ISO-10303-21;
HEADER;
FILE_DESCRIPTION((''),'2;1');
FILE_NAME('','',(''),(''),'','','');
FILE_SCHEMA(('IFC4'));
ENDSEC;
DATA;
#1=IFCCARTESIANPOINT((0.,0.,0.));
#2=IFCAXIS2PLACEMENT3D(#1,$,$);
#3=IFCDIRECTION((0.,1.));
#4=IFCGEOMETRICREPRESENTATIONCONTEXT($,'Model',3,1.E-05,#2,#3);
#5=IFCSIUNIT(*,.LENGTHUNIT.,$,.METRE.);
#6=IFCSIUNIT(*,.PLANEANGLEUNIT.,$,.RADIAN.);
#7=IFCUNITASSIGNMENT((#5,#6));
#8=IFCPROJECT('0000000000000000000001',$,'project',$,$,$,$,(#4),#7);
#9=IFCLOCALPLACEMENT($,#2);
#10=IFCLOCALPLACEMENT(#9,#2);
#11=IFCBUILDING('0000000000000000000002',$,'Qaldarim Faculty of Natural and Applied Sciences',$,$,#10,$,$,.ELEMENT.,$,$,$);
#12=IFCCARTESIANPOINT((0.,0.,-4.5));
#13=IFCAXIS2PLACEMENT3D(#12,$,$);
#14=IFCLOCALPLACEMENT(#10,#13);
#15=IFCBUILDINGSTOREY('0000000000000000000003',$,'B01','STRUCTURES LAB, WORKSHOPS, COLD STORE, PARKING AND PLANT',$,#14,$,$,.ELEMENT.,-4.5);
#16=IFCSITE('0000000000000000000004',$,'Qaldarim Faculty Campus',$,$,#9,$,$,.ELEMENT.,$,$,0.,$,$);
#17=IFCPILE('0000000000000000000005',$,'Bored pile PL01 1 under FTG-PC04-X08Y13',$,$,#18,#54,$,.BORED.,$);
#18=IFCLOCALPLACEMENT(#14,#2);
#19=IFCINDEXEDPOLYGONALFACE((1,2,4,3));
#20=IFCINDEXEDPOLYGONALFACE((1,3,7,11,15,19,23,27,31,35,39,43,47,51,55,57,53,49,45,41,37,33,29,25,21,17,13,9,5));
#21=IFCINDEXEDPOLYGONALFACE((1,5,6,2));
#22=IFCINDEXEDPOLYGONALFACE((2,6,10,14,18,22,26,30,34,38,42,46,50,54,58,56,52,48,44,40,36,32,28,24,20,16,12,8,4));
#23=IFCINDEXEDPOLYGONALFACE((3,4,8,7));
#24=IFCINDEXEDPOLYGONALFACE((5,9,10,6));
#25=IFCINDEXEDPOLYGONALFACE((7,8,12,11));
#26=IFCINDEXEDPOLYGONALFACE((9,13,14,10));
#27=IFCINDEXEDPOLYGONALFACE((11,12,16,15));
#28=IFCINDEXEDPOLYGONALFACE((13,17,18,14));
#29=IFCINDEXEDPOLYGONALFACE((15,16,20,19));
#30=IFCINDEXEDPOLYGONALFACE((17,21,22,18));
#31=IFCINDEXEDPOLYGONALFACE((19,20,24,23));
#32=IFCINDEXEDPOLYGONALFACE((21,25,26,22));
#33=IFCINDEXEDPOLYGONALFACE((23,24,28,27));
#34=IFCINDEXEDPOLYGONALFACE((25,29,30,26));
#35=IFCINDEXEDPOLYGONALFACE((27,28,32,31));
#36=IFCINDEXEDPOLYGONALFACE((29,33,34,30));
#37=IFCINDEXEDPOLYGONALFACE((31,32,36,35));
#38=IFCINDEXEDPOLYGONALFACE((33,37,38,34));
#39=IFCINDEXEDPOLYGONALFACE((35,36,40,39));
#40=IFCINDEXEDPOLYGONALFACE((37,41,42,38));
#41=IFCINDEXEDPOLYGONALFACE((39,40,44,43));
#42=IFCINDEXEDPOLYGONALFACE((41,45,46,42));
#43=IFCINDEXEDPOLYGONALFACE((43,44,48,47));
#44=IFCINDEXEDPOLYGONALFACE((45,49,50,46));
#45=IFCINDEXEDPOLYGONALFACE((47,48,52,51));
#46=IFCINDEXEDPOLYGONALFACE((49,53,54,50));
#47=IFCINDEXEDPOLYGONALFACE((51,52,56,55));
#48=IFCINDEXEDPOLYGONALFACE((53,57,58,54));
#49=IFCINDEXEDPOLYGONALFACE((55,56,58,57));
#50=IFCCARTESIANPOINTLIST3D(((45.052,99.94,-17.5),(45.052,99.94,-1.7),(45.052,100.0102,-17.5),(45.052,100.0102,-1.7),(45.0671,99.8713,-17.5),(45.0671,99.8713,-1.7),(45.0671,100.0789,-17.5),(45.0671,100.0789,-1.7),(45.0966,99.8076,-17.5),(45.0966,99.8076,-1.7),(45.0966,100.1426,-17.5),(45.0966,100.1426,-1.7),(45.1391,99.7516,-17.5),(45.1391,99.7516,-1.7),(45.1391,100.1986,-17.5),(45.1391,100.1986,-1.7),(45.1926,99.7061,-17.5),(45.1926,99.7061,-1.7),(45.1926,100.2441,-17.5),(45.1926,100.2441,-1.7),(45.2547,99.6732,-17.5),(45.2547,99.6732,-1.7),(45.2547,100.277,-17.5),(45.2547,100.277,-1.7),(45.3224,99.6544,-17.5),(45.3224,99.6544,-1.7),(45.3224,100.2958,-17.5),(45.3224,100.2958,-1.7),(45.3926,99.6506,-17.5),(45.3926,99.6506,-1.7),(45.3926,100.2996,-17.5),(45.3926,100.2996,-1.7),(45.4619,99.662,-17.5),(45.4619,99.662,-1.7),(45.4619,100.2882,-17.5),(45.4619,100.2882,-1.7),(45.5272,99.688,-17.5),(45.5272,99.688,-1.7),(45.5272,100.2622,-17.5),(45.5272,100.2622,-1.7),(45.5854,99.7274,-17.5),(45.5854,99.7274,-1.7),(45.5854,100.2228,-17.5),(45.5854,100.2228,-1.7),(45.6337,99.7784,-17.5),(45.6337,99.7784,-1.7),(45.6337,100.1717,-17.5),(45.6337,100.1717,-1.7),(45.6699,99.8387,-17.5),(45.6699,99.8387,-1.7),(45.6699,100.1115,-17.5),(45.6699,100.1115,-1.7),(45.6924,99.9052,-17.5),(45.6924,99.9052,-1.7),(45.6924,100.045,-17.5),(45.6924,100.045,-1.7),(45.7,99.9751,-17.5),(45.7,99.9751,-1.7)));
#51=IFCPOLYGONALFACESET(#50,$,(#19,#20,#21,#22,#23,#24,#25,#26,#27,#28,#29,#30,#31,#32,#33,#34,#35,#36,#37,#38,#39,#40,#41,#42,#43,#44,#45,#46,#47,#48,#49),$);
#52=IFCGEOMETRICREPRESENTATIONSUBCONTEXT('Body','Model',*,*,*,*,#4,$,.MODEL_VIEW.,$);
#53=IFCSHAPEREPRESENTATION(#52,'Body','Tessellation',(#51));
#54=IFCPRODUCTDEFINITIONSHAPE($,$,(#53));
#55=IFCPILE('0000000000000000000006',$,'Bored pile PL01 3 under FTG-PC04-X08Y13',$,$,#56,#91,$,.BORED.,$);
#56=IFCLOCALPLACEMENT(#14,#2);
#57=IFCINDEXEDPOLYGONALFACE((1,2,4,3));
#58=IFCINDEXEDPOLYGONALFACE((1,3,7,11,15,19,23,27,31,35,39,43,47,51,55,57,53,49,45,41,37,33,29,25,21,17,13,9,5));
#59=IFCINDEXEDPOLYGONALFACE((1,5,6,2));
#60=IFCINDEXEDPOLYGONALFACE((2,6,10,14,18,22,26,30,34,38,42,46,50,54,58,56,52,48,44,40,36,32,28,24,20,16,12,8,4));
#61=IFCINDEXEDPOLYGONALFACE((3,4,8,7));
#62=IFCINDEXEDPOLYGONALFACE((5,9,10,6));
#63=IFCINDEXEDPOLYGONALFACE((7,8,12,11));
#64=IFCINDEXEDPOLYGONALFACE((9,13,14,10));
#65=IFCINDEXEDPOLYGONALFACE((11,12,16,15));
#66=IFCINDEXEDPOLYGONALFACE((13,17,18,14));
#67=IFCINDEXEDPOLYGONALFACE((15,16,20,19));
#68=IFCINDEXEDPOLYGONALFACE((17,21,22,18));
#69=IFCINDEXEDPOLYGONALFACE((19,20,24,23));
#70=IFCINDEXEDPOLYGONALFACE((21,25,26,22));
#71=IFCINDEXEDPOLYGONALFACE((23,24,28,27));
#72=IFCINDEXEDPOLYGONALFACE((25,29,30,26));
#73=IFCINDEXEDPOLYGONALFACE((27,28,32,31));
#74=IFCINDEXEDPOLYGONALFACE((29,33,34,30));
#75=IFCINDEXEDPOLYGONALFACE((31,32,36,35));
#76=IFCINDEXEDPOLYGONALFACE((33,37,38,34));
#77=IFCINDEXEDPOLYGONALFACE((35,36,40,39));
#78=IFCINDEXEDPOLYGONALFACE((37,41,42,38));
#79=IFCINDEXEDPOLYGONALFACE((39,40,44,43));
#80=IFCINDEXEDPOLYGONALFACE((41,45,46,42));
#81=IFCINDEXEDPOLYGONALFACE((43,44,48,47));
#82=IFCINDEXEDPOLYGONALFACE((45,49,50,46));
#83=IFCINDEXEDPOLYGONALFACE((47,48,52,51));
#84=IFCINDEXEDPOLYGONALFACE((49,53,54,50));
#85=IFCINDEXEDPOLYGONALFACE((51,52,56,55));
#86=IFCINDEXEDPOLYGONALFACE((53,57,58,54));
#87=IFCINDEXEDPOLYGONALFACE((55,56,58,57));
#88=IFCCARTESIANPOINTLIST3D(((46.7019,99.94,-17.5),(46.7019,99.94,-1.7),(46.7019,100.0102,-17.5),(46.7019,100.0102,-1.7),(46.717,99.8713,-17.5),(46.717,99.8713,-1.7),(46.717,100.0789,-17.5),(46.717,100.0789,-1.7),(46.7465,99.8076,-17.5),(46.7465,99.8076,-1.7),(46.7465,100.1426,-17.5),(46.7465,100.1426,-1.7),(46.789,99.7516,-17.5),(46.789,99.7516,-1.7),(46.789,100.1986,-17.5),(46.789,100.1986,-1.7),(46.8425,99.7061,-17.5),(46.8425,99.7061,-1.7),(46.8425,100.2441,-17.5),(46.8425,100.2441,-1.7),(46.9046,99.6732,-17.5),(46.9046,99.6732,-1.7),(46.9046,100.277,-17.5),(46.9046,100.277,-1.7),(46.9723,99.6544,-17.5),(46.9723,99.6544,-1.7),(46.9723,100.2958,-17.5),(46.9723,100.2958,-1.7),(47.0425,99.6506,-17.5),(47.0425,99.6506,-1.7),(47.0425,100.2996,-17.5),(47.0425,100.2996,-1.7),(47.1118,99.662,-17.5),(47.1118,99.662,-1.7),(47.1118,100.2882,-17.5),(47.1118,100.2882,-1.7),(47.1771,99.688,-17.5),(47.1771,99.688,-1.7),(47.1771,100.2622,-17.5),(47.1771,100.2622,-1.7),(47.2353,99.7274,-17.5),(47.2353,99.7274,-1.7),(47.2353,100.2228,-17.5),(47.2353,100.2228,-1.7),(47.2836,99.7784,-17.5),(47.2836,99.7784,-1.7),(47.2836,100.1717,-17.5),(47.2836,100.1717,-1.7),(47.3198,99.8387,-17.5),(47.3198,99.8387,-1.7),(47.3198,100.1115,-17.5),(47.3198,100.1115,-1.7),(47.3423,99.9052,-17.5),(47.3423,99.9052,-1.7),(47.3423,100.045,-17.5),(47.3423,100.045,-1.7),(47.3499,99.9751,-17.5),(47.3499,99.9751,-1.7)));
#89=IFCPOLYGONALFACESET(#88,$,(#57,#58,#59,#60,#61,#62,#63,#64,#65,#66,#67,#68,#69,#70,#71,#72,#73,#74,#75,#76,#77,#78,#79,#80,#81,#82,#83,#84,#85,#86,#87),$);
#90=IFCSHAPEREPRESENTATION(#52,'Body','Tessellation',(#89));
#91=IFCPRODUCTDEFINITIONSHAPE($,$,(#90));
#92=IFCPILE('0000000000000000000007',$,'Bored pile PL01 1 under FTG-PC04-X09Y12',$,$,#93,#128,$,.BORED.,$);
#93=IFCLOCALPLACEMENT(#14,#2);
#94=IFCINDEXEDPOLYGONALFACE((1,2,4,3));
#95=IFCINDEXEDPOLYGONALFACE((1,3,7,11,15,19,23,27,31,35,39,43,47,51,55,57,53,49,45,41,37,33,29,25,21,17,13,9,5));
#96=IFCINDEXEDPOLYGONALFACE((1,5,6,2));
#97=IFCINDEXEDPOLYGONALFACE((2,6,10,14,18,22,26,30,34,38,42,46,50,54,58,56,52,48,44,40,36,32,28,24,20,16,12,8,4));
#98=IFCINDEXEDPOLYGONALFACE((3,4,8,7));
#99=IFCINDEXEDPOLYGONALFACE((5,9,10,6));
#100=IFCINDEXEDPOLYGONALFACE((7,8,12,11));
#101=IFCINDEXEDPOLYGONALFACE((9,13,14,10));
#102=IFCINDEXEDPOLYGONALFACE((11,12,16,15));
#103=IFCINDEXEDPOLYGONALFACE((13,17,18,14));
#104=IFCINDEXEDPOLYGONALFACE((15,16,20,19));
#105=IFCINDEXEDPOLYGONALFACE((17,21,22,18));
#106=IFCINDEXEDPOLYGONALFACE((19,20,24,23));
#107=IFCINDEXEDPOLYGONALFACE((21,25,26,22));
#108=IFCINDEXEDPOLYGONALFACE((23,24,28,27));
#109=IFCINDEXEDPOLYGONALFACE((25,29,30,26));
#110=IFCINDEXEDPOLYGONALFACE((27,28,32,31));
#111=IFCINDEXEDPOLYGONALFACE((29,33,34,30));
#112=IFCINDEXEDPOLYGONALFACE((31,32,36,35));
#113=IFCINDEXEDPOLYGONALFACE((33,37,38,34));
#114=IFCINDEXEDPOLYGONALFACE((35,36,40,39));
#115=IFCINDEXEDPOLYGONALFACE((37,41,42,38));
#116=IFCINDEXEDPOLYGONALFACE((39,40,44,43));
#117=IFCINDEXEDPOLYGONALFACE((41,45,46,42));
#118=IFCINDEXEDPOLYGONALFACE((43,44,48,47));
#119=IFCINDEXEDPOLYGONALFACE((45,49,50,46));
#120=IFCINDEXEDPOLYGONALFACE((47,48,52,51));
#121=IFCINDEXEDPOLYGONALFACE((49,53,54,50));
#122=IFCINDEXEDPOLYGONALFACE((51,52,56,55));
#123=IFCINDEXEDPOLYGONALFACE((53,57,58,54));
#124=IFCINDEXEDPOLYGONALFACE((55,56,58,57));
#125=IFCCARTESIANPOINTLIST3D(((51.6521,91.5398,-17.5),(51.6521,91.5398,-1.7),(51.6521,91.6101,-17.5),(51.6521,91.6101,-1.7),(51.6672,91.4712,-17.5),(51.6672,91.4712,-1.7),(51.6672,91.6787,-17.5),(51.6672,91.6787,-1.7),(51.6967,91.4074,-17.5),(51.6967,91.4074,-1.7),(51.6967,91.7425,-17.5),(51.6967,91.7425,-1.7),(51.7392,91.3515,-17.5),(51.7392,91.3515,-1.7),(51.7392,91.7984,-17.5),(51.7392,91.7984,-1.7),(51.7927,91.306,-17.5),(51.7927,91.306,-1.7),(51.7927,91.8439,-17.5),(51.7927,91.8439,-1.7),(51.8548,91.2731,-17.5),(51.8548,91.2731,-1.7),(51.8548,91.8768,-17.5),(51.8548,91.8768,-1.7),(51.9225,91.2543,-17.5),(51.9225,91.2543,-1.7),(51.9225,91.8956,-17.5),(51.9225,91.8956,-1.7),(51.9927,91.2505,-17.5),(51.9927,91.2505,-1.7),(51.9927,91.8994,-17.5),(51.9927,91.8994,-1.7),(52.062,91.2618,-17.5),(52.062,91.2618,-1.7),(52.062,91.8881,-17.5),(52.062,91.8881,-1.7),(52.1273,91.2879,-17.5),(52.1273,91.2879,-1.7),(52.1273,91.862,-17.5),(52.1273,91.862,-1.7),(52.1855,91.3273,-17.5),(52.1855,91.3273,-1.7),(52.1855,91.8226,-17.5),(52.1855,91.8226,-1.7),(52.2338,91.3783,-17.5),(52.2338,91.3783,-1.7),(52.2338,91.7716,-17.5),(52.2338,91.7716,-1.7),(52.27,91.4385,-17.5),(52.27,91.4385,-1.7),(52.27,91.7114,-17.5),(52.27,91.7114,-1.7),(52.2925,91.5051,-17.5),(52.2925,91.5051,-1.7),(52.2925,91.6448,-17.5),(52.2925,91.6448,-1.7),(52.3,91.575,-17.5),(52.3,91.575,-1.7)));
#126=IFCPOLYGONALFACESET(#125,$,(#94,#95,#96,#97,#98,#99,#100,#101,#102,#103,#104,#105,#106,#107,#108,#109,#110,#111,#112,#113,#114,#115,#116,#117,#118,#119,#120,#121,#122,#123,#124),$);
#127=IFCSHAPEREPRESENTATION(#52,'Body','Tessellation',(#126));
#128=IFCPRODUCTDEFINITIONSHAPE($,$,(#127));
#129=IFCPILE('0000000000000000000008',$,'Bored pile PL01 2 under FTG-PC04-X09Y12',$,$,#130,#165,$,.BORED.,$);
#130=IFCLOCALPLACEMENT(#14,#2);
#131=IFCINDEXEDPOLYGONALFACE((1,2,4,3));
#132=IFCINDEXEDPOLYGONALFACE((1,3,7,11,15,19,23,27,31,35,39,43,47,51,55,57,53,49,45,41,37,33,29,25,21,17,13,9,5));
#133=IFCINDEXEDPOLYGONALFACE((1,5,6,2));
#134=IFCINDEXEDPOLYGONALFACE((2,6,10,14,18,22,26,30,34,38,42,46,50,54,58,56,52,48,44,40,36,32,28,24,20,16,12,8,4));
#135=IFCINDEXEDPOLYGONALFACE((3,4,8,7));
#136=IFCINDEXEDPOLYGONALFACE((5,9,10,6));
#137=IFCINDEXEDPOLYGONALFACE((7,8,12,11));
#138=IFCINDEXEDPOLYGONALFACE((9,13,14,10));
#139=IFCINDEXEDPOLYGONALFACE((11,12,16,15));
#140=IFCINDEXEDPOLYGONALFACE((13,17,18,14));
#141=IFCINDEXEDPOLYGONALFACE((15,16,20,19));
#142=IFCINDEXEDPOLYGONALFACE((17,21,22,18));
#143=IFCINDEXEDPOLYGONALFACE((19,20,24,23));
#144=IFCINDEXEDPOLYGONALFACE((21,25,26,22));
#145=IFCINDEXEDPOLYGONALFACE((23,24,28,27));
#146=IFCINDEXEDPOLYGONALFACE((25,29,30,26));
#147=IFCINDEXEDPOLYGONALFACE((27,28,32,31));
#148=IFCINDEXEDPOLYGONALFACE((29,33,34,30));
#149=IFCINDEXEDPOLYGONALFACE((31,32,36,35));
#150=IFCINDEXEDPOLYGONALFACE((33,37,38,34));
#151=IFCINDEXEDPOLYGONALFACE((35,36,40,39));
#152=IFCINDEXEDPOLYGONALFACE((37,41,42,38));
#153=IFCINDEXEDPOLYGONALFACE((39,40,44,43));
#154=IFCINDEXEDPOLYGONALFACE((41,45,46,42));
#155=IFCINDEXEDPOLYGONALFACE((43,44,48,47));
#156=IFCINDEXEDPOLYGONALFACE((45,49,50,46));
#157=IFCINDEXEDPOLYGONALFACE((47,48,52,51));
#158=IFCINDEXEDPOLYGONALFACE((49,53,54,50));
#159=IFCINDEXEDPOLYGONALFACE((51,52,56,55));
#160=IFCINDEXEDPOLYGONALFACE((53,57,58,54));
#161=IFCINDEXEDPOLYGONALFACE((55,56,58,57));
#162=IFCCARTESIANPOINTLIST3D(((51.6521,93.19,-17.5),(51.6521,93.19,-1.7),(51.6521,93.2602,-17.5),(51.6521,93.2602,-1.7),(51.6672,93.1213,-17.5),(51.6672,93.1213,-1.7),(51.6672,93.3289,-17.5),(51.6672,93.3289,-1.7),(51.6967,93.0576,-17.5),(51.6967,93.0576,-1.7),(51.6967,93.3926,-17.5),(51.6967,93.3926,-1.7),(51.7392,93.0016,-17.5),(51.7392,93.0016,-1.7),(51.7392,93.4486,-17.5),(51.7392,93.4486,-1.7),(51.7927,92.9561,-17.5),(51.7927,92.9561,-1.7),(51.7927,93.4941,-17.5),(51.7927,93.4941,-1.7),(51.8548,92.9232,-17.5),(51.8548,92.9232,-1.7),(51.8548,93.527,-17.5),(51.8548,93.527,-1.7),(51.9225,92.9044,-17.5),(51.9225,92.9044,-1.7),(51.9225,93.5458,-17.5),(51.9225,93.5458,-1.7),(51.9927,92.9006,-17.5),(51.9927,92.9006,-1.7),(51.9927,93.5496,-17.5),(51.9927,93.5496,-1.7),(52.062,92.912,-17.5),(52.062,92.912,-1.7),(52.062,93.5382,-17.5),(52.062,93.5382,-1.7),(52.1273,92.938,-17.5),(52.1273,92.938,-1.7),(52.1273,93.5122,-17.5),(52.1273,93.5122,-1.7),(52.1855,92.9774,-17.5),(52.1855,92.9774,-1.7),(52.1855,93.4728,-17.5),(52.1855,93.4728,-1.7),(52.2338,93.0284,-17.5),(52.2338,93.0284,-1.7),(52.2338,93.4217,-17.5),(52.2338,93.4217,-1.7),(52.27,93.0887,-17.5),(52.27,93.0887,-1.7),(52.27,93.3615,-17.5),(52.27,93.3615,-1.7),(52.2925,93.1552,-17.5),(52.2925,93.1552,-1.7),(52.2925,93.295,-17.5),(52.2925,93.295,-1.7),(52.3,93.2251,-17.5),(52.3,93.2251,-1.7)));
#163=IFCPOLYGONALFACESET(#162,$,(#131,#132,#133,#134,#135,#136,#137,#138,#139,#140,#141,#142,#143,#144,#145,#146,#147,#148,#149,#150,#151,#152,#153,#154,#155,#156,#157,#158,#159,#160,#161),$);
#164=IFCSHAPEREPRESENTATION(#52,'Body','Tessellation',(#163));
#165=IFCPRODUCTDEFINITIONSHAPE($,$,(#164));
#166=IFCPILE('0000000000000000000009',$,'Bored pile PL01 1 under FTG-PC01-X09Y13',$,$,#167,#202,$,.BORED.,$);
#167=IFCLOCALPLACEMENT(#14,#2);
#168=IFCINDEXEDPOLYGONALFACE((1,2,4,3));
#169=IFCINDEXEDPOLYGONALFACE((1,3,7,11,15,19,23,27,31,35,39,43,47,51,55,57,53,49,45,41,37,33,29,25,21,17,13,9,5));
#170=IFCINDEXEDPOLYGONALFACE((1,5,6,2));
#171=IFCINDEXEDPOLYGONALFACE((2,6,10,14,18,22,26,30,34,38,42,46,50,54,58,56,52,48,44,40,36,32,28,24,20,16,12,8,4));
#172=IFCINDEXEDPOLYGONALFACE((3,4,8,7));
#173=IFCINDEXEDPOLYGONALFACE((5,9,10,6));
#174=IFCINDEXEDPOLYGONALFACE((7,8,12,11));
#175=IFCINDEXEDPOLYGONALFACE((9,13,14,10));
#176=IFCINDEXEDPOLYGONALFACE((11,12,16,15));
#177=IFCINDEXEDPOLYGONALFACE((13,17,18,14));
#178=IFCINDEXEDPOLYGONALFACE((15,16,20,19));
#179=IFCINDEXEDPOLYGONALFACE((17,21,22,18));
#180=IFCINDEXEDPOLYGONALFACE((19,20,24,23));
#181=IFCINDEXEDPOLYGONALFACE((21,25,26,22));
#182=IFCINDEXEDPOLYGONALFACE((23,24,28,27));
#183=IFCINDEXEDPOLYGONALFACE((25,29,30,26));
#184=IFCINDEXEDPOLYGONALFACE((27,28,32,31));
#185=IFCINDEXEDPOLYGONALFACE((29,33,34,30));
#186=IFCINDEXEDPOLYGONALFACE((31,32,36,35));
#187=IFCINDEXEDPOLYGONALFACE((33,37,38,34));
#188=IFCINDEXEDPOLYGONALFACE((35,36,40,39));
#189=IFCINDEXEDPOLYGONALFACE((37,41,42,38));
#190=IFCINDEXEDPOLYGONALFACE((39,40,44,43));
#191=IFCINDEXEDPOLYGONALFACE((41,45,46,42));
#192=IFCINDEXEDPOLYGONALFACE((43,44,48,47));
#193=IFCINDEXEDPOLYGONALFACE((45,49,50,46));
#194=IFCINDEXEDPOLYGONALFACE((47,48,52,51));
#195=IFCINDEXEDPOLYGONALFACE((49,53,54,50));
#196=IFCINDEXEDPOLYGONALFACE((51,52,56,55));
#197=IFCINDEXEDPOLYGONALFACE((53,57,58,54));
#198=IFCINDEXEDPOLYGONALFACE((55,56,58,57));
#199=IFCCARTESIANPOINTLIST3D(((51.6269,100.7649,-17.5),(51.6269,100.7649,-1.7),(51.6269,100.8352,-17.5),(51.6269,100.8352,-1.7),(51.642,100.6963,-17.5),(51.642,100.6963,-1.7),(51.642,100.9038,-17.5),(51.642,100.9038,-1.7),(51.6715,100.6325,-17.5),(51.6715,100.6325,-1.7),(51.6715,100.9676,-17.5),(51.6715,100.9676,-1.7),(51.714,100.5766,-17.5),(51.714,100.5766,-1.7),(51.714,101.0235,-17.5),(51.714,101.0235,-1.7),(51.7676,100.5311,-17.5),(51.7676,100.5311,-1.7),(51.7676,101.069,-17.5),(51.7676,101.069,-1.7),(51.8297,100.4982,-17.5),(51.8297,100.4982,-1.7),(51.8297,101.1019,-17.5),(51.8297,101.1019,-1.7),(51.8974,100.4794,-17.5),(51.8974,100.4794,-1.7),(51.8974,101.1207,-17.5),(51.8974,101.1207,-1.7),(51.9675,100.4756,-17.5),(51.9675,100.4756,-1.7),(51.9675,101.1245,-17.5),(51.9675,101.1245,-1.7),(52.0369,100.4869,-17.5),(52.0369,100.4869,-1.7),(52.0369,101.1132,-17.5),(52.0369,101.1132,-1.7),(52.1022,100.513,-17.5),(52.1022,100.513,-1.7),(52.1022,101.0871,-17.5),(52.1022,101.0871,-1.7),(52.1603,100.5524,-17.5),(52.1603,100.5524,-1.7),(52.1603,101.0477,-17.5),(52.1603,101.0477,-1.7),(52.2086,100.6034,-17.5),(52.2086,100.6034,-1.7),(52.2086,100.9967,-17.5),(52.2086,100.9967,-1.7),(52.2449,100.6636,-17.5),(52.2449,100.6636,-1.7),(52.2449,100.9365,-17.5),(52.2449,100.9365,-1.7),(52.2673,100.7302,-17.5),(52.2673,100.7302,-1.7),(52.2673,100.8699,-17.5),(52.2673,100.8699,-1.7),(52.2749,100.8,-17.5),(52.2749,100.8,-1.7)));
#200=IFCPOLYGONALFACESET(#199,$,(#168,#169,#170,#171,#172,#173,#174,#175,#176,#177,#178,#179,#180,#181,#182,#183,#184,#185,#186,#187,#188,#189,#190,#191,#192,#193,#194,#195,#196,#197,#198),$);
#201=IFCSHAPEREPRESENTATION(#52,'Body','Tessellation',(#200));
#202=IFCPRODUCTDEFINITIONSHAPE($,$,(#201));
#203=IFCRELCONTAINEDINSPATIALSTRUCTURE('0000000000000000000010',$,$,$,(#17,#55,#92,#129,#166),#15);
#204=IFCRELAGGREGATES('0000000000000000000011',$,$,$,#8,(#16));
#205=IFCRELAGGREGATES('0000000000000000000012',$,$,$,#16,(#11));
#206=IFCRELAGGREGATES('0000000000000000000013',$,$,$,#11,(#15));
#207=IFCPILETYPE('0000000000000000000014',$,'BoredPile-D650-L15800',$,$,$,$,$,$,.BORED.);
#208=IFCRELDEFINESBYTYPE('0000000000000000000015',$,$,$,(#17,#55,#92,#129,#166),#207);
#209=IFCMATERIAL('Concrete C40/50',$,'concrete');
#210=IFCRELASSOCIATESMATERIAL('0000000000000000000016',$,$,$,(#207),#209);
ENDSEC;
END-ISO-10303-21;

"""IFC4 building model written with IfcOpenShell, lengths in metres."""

from ifc_helpers import new_model, si_unit, direction, frame, origin, origin_2d, place, context, subcontext, project, spatial, circle, extrude, material, material_profile, profile_set, type_object, element, save


model = new_model("IFC4")

# Units and contexts
model_context = context("Model", 3, precision=1e-05, world=origin(), true_north=direction((0.0, 1.0)))
body_context = subcontext(model_context, "Body", "Model", "MODEL_VIEW")
ifc_project = project(units=[si_unit("LENGTHUNIT", "METRE"), si_unit("PLANEANGLEUNIT", "RADIAN")], contexts=[model_context])

# Site, building, storey
site_placement = place(None, origin())
site = spatial("IfcSite", under=ifc_project, at=site_placement, Name="Qaldarim Faculty Campus", CompositionType="ELEMENT", RefElevation=0.0)
building_placement = place(site_placement, origin())
building = spatial("IfcBuilding", under=site, at=building_placement, Name="Qaldarim Faculty of Natural and Applied Sciences", CompositionType="ELEMENT")
storey_placement = place(building_placement, frame((0.0, 0.0, -4.5)))
storey = spatial("IfcBuildingStorey", under=building, at=storey_placement, Name="B01", Description="STRUCTURES LAB, WORKSHOPS, COLD STORE, PARKING AND PLANT", CompositionType="ELEMENT", Elevation=-4.5)

# Piles
ifc_material_1 = material(Name="Concrete C40/50", Category="concrete")
ifc_material_profile_1 = material_profile(ifc_material_1, circle(Radius=0.325, at=origin_2d()), Name="PILE-D650")
ifc_profile_set_1 = profile_set([ifc_material_profile_1], Name="Concrete C40/50")
pile_type_1 = type_object("IfcPileType", Name="BoredPile-D650-L15800", PredefinedType="BORED", material=ifc_profile_set_1)
for number, where, z_axis, x_axis, name in (
    (1, (45.375, 99.9751, -1.7), (0.0, 0.0, -1.0), (1.0, 0.0, 0.0), "Bored pile PL01 1 under FTG-PC04-X08Y13"),
    (2, (47.0249, 99.9751, -1.7), (0.0, 0.0, -1.0), (1.0, 0.0, 0.0), "Bored pile PL01 3 under FTG-PC04-X08Y13"),
    (3, (51.9751, 91.575, -1.7), (0.0, 0.0, -1.0), (1.0, 0.0, 0.0), "Bored pile PL01 1 under FTG-PC04-X09Y12"),
    (4, (51.9751, 93.2251, -1.7), (0.0, 0.0, -1.0), (1.0, 0.0, 0.0), "Bored pile PL01 2 under FTG-PC04-X09Y12"),
    (5, (51.95, 100.8, -1.7), (0.0, 0.0, -1.0), (1.0, 0.0, 0.0), "Bored pile PL01 1 under FTG-PC01-X09Y13"),
):
    element("IfcPile", number, at=place(storey_placement, frame(where, z_axis=z_axis, x_axis=x_axis)), inside=storey, type_object=pile_type_1, Name=name, PredefinedType="BORED", context=body_context, shape_type="SweptSolid", body=[
        extrude(circle(Radius=0.325, at=origin_2d()), origin(), (0.0, 0.0, 1.0), 15.8),
    ])

save(model, "model.ifc")
